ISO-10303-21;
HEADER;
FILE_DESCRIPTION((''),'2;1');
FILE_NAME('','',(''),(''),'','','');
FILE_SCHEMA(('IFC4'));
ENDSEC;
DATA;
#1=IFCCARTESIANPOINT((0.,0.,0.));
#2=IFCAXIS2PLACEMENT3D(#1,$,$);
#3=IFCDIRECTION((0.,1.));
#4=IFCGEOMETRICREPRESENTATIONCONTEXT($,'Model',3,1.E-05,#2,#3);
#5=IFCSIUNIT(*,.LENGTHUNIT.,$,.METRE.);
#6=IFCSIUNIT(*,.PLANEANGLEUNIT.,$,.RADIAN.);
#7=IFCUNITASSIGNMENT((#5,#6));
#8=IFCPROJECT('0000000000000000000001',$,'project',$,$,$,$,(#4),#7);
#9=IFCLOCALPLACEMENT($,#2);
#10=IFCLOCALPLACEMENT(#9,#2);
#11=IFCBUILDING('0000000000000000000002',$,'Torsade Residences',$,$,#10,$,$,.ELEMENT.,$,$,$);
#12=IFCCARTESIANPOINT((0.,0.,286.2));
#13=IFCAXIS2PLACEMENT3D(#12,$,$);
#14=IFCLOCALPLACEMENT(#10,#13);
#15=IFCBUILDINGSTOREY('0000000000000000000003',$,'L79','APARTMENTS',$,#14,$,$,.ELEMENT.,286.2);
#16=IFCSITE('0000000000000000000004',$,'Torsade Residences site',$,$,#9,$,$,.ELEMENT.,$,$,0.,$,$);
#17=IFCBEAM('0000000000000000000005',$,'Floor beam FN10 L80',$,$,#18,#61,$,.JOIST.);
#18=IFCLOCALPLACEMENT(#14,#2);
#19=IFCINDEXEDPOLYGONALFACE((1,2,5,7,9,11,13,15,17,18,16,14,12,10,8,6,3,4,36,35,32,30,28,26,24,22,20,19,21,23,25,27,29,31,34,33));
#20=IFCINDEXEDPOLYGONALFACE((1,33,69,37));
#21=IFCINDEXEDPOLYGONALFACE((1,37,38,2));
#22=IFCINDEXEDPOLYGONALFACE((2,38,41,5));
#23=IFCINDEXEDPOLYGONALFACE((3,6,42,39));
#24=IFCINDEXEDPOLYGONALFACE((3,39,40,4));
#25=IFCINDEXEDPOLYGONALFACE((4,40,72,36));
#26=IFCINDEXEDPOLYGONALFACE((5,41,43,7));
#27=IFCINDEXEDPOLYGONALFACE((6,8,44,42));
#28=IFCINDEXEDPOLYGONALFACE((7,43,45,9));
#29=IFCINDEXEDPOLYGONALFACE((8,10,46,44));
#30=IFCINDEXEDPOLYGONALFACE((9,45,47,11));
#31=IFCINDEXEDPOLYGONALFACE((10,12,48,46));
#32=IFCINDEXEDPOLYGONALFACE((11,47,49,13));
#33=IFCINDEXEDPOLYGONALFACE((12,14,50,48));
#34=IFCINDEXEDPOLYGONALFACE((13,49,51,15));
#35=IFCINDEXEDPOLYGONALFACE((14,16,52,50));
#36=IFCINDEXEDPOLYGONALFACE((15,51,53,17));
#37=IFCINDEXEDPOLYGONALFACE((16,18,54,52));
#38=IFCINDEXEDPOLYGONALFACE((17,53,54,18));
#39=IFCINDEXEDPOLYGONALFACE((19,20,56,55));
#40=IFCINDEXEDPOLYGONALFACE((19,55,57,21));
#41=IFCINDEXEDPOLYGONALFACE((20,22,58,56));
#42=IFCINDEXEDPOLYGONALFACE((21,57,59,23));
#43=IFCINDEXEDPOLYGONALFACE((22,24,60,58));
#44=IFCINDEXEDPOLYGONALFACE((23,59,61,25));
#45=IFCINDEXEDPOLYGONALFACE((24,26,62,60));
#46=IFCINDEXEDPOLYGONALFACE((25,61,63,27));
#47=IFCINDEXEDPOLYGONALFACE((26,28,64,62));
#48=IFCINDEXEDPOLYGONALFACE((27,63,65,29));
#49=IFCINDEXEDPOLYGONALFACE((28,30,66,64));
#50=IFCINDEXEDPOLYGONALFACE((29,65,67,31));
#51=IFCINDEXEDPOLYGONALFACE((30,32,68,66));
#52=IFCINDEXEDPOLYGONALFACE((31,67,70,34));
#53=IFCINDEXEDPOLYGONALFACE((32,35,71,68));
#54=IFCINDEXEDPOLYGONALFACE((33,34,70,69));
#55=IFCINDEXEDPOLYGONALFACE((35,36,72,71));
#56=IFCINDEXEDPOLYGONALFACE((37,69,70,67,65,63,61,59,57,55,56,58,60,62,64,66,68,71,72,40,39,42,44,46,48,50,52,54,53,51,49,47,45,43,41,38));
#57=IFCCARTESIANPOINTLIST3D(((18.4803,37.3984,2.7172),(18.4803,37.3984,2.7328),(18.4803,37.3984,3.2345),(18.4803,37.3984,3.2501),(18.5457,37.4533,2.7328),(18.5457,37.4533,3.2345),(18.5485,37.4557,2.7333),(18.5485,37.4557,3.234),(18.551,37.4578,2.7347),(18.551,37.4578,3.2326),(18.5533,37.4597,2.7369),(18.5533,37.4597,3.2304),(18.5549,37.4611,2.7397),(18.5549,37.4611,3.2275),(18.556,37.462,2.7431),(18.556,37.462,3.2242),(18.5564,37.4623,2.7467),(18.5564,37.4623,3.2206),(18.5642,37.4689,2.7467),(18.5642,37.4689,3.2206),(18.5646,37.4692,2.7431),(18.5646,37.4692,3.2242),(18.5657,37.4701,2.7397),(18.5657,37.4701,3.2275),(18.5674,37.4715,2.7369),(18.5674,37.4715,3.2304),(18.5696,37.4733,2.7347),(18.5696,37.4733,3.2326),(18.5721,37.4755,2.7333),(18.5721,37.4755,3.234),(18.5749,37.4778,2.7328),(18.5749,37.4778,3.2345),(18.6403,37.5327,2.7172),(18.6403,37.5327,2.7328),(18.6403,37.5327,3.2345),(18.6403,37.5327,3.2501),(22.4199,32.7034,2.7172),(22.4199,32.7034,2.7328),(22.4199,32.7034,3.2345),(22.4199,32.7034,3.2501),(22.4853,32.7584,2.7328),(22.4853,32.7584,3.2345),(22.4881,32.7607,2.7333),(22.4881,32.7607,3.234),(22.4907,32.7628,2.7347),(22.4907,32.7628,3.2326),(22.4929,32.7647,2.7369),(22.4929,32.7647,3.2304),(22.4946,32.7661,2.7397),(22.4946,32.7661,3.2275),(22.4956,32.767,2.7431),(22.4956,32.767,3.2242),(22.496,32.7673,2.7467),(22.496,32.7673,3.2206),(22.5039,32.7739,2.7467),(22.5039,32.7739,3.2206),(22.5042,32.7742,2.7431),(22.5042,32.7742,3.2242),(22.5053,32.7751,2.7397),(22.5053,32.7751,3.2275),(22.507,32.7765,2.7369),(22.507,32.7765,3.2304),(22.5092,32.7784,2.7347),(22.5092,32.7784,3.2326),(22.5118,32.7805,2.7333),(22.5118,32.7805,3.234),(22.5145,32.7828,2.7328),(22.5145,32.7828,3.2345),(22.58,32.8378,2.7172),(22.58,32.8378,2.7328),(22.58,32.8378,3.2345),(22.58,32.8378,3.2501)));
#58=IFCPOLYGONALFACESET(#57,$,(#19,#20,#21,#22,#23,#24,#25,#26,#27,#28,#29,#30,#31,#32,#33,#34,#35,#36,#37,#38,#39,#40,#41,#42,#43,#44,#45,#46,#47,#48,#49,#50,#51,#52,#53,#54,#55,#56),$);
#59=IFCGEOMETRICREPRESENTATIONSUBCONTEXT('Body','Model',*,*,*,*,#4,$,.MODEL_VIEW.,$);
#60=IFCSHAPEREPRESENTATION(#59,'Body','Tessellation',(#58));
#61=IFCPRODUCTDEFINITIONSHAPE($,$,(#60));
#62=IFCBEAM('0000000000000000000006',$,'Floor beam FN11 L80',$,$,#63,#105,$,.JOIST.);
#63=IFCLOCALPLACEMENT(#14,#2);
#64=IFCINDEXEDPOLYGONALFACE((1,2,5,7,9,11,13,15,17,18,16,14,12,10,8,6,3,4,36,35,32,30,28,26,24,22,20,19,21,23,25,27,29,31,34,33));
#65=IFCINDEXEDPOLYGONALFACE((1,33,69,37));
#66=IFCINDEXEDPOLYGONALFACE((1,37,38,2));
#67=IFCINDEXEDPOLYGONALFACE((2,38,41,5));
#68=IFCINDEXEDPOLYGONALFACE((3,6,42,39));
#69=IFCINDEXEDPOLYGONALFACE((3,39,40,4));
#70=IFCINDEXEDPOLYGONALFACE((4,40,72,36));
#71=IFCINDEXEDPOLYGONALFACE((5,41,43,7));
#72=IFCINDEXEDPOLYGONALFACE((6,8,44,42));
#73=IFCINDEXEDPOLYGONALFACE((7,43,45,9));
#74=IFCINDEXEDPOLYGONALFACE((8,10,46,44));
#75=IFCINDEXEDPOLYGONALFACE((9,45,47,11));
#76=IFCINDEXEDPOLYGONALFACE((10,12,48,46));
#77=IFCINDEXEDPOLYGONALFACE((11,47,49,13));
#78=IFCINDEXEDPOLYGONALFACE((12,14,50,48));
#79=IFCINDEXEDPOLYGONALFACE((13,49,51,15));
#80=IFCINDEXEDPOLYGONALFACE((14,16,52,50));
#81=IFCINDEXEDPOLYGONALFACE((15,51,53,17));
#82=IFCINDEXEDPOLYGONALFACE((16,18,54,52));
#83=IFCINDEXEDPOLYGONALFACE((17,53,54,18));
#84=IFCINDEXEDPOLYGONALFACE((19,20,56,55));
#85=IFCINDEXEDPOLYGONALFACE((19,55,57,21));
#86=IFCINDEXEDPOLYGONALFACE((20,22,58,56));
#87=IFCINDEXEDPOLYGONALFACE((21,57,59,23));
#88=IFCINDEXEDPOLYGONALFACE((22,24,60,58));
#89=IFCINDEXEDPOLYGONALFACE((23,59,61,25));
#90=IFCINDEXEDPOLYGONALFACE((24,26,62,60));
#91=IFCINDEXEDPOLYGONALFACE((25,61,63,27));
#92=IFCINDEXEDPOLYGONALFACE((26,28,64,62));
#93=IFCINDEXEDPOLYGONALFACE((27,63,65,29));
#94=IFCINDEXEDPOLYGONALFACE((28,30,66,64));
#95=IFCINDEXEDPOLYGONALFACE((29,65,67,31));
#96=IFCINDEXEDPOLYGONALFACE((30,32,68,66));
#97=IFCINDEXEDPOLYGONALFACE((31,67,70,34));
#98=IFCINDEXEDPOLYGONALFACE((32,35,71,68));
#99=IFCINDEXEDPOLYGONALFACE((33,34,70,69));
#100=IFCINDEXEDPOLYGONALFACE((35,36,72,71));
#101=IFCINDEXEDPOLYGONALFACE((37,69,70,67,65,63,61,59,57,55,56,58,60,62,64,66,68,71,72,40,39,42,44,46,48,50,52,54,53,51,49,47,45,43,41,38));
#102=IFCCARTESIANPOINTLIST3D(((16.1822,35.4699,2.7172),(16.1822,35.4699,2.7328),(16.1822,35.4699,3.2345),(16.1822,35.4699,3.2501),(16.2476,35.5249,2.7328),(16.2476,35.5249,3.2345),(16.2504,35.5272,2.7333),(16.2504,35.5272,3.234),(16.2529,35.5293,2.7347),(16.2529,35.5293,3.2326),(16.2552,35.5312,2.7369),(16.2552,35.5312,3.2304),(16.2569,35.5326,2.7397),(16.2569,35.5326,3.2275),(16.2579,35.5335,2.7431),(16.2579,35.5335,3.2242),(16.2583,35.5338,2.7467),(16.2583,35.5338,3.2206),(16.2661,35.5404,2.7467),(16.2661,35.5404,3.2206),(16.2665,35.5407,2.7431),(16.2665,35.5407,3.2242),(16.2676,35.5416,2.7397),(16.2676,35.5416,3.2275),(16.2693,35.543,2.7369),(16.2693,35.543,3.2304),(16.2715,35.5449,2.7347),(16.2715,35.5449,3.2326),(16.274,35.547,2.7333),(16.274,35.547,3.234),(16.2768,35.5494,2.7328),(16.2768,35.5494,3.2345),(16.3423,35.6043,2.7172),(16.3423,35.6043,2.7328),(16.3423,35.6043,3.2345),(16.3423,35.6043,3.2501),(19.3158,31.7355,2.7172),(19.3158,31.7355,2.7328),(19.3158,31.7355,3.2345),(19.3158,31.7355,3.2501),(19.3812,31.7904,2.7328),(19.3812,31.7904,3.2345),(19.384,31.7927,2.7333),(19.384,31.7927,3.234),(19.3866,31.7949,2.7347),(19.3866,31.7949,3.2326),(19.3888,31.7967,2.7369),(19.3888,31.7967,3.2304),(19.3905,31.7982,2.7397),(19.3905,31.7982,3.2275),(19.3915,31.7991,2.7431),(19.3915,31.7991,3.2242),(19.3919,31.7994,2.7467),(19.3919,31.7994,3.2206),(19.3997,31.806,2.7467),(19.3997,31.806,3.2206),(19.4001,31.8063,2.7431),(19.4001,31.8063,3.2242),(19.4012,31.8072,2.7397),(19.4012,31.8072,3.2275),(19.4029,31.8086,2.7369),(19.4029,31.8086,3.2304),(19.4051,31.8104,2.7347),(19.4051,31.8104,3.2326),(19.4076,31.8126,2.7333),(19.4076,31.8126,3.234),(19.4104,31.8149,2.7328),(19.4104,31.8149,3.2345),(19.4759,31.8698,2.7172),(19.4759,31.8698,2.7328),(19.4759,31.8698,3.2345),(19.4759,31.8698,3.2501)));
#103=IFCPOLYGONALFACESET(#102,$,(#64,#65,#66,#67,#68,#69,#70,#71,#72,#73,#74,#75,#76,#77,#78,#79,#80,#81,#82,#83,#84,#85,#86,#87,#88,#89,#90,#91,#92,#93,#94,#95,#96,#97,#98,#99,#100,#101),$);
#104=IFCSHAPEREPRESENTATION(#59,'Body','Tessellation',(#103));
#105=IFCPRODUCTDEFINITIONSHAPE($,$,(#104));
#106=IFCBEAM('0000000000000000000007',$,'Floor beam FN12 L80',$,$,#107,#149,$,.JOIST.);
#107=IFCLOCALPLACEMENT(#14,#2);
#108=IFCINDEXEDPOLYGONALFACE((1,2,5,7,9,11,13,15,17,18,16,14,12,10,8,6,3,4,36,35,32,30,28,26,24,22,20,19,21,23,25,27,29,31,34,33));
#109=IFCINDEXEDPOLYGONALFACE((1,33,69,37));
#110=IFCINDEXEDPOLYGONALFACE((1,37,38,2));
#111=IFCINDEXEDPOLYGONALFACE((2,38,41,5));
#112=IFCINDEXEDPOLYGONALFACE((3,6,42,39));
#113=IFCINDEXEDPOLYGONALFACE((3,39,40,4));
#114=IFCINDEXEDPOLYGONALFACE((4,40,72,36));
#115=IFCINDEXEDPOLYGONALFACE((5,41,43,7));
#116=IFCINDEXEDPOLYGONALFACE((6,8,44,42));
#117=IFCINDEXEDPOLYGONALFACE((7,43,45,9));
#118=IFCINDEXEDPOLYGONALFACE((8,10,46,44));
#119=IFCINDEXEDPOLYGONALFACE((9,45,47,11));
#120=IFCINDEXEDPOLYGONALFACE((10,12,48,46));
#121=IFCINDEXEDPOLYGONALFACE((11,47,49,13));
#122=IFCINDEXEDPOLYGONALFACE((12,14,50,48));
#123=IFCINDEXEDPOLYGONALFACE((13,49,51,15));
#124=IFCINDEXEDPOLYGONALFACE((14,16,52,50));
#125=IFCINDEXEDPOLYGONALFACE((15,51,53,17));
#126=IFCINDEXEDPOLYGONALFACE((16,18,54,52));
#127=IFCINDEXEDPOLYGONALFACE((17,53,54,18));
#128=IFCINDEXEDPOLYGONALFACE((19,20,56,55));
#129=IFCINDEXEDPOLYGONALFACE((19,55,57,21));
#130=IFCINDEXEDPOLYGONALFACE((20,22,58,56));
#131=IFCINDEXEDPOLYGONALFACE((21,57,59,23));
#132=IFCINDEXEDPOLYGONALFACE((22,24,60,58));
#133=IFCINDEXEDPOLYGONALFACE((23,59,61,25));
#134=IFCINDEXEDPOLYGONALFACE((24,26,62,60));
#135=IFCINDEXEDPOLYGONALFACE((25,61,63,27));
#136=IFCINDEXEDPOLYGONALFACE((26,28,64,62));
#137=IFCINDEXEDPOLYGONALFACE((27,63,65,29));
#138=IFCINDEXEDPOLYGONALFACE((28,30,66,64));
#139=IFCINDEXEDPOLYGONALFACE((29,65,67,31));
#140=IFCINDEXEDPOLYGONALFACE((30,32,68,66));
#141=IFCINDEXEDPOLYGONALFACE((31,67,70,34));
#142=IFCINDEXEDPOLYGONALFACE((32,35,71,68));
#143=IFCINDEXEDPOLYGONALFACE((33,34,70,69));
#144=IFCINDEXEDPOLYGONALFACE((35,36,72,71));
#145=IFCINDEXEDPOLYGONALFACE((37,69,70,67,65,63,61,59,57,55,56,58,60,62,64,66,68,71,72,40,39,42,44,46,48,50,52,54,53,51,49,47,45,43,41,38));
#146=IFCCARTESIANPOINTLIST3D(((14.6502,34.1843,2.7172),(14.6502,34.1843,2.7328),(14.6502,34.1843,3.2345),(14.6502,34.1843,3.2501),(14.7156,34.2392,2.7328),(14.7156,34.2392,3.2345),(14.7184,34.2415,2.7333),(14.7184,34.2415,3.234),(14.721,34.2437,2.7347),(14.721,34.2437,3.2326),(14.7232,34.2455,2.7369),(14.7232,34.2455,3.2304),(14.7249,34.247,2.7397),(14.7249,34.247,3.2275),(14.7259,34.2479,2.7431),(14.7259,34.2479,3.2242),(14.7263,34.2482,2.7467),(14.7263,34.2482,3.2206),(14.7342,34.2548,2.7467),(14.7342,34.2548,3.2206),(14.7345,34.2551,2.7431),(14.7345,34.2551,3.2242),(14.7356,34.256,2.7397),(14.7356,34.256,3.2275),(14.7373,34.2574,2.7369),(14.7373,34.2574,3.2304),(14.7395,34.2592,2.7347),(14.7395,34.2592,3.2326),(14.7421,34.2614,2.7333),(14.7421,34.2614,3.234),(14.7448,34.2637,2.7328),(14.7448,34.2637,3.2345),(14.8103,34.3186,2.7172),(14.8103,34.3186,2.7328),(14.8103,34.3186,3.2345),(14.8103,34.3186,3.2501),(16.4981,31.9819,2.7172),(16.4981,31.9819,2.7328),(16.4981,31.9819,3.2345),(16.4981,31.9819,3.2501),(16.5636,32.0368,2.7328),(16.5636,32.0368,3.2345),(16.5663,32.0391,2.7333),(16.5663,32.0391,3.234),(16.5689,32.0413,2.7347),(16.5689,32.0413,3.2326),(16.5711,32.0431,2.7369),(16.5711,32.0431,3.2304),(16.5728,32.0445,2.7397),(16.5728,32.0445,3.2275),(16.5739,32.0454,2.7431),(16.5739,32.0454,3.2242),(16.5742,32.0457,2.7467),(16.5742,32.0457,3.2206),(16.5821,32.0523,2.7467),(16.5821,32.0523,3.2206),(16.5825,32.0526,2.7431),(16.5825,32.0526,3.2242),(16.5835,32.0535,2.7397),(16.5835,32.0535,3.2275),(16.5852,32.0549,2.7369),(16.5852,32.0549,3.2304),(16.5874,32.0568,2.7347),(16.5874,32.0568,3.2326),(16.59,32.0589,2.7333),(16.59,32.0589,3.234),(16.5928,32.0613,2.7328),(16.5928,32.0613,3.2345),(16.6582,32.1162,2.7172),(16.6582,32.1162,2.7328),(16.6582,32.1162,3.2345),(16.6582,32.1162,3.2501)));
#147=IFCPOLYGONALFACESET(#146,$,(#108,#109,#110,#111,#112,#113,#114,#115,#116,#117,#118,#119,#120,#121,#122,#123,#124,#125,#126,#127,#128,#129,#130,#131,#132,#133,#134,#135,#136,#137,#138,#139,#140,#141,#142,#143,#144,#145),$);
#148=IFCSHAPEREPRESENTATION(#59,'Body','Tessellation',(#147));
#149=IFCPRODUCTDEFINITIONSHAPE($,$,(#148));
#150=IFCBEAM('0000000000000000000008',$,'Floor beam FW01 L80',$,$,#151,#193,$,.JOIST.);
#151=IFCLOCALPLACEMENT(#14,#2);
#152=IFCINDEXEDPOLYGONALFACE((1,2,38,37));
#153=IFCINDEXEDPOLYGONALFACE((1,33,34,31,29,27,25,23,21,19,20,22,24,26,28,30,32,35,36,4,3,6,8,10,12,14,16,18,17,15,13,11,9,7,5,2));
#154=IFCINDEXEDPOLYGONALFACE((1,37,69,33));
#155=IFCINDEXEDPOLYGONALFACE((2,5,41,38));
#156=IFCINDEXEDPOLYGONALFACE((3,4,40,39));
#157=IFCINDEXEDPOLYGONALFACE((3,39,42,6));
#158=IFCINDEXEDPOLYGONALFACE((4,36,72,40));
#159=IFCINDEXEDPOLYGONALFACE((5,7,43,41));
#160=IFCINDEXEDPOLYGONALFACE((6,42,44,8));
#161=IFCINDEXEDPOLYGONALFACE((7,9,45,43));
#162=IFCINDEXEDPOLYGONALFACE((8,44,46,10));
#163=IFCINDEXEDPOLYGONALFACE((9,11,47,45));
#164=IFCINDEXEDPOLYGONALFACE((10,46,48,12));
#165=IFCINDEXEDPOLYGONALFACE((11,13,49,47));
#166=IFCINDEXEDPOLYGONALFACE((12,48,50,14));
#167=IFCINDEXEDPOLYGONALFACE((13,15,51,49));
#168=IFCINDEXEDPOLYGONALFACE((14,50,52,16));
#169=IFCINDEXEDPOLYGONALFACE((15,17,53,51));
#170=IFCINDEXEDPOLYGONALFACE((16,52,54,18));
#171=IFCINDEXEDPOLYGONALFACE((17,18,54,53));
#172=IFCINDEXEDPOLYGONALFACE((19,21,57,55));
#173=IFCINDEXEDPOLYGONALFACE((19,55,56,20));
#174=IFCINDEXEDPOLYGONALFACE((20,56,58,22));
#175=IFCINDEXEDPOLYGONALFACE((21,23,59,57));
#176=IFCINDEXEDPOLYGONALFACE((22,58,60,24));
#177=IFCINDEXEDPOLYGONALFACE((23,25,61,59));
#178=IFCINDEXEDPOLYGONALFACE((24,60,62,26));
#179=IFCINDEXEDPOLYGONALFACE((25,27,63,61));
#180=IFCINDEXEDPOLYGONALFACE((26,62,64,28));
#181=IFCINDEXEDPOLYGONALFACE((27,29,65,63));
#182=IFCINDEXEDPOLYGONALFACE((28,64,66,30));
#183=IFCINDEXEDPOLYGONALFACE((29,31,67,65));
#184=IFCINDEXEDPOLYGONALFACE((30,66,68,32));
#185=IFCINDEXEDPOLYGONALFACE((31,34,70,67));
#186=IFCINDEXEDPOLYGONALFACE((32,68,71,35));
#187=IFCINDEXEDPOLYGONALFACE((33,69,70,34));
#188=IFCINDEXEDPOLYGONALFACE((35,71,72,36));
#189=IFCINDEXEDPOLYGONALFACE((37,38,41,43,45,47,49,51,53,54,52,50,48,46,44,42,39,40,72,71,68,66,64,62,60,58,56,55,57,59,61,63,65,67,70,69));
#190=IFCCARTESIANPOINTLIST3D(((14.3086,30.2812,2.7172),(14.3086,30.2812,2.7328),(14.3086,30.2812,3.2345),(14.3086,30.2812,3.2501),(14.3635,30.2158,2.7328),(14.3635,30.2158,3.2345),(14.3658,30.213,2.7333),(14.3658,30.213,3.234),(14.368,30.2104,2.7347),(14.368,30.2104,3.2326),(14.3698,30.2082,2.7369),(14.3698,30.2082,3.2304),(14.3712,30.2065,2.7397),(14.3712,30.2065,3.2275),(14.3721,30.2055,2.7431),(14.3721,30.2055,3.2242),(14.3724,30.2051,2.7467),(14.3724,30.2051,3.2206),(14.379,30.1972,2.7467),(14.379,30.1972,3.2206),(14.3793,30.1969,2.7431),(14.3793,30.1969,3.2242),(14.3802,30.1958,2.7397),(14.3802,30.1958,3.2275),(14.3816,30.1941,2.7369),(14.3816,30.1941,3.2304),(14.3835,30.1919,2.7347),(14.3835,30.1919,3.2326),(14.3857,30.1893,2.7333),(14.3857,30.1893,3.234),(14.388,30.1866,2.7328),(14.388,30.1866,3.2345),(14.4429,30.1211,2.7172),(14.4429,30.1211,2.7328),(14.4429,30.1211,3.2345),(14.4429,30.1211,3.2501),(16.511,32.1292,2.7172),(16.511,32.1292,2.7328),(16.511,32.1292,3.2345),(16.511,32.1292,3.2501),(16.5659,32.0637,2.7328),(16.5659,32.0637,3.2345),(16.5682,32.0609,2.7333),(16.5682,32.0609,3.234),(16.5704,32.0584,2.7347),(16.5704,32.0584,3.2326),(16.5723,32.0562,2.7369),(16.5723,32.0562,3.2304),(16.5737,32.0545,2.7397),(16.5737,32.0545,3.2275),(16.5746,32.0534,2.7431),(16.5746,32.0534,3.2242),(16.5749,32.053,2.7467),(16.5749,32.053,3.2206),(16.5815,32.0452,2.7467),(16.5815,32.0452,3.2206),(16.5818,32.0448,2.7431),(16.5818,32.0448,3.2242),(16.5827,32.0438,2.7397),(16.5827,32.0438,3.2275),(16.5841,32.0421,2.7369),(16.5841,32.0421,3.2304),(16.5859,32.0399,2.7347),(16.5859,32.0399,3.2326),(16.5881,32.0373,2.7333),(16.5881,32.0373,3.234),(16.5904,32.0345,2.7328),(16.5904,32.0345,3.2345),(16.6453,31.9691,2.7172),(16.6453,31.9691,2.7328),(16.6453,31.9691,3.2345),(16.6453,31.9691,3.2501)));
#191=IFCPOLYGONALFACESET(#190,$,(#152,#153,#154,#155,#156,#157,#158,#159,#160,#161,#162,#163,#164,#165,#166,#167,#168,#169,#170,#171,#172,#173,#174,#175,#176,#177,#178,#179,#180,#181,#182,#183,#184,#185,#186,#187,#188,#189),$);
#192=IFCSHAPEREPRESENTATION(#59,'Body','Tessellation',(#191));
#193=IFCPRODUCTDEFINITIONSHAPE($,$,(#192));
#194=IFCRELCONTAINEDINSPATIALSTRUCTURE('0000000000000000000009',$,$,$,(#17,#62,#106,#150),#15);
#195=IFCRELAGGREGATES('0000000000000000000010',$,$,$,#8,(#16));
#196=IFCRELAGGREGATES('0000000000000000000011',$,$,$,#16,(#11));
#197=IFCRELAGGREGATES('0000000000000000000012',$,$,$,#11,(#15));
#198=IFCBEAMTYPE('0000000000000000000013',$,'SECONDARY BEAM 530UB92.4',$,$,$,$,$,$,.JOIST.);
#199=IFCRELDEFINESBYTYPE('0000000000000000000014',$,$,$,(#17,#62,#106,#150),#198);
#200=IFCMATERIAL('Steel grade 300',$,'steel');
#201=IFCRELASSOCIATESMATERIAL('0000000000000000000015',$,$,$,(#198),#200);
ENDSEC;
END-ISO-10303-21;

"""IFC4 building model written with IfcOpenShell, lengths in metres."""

from ifc_helpers import new_model, si_unit, direction, frame, origin, origin_2d, place, context, subcontext, project, spatial, i_section, extrude, material, material_profile, profile_set, type_object, element, save


model = new_model("IFC4")

# Units and contexts
model_context = context("Model", 3, precision=1e-05, world=origin(), true_north=direction((0.0, 1.0)))
body_context = subcontext(model_context, "Body", "Model", "MODEL_VIEW")
ifc_project = project(units=[si_unit("LENGTHUNIT", "METRE"), si_unit("PLANEANGLEUNIT", "RADIAN")], contexts=[model_context])

# Site, building, storey
site_placement = place(None, origin())
site = spatial("IfcSite", under=ifc_project, at=site_placement, Name="Torsade Residences site", CompositionType="ELEMENT", RefElevation=0.0)
building_placement = place(site_placement, origin())
building = spatial("IfcBuilding", under=site, at=building_placement, Name="Torsade Residences", CompositionType="ELEMENT")
storey_placement = place(building_placement, frame((0.0, 0.0, 286.2)))
storey = spatial("IfcBuildingStorey", under=building, at=storey_placement, Name="L79", Description="APARTMENTS", CompositionType="ELEMENT", Elevation=286.2)

# Beams
ifc_material_1 = material(Name="Steel grade 300", Category="steel")
ifc_material_profile_1 = material_profile(ifc_material_1, i_section(OverallWidth=0.209, OverallDepth=0.533, WebThickness=0.0103, FlangeThickness=0.0156, FilletRadius=0.0139, at=origin_2d()), Name="530UB92.4")
ifc_profile_set_1 = profile_set([ifc_material_profile_1], Name="Steel grade 300")
beam_type_1 = type_object("IfcBeamType", Name="SECONDARY BEAM 530UB92.4", PredefinedType="JOIST", material=ifc_profile_set_1)
beam_1_placement = place(storey_placement, frame((18.5603, 37.4656, 2.9836), z_axis=(0.642794, -0.766039, 0.0), x_axis=(0.766039, 0.642794, 0.0)))
element("IfcBeam", 1, at=beam_1_placement, inside=storey, type_object=beam_type_1, Name="Floor beam FN10 L80", PredefinedType="JOIST", context=body_context, shape_type="SweptSolid", body=[
    extrude(i_section(OverallWidth=0.209, OverallDepth=0.533, WebThickness=0.0103, FlangeThickness=0.0156, FilletRadius=0.0139, at=origin_2d()), origin(), (0.0, 0.0, 1.0), 6.1289),
])
beam_2_placement = place(storey_placement, frame((16.2622, 35.5371, 2.9836), z_axis=(0.642791, -0.766041, 0.0), x_axis=(0.766041, 0.642791, 0.0)))
element("IfcBeam", 2, at=beam_2_placement, inside=storey, type_object=beam_type_1, Name="Floor beam FN11 L80", PredefinedType="JOIST", context=body_context, shape_type="SweptSolid", body=[
    extrude(i_section(OverallWidth=0.209, OverallDepth=0.533, WebThickness=0.0103, FlangeThickness=0.0156, FilletRadius=0.0139, at=origin_2d()), origin(), (0.0, 0.0, 1.0), 4.875),
])
for number, where, z_axis, x_axis, name in (
    (3, (14.7302, 34.2515, 2.9836), (0.642762, -0.766066, 0.0), (0.766066, 0.642762, 0.0), "Floor beam FN12 L80"),
    (4, (14.3757, 30.2012, 2.9836), (0.766066, 0.642762, 0.0), (-0.642762, 0.766066, 0.0), "Floor beam FW01 L80"),
):
    element("IfcBeam", number, at=place(storey_placement, frame(where, z_axis=z_axis, x_axis=x_axis)), inside=storey, type_object=beam_type_1, Name=name, PredefinedType="JOIST", context=body_context, shape_type="SweptSolid", body=[
        extrude(i_section(OverallWidth=0.209, OverallDepth=0.533, WebThickness=0.0103, FlangeThickness=0.0156, FilletRadius=0.0139, at=origin_2d()), origin(), (0.0, 0.0, 1.0), 2.875),
    ])

save(model, "model.ifc")
